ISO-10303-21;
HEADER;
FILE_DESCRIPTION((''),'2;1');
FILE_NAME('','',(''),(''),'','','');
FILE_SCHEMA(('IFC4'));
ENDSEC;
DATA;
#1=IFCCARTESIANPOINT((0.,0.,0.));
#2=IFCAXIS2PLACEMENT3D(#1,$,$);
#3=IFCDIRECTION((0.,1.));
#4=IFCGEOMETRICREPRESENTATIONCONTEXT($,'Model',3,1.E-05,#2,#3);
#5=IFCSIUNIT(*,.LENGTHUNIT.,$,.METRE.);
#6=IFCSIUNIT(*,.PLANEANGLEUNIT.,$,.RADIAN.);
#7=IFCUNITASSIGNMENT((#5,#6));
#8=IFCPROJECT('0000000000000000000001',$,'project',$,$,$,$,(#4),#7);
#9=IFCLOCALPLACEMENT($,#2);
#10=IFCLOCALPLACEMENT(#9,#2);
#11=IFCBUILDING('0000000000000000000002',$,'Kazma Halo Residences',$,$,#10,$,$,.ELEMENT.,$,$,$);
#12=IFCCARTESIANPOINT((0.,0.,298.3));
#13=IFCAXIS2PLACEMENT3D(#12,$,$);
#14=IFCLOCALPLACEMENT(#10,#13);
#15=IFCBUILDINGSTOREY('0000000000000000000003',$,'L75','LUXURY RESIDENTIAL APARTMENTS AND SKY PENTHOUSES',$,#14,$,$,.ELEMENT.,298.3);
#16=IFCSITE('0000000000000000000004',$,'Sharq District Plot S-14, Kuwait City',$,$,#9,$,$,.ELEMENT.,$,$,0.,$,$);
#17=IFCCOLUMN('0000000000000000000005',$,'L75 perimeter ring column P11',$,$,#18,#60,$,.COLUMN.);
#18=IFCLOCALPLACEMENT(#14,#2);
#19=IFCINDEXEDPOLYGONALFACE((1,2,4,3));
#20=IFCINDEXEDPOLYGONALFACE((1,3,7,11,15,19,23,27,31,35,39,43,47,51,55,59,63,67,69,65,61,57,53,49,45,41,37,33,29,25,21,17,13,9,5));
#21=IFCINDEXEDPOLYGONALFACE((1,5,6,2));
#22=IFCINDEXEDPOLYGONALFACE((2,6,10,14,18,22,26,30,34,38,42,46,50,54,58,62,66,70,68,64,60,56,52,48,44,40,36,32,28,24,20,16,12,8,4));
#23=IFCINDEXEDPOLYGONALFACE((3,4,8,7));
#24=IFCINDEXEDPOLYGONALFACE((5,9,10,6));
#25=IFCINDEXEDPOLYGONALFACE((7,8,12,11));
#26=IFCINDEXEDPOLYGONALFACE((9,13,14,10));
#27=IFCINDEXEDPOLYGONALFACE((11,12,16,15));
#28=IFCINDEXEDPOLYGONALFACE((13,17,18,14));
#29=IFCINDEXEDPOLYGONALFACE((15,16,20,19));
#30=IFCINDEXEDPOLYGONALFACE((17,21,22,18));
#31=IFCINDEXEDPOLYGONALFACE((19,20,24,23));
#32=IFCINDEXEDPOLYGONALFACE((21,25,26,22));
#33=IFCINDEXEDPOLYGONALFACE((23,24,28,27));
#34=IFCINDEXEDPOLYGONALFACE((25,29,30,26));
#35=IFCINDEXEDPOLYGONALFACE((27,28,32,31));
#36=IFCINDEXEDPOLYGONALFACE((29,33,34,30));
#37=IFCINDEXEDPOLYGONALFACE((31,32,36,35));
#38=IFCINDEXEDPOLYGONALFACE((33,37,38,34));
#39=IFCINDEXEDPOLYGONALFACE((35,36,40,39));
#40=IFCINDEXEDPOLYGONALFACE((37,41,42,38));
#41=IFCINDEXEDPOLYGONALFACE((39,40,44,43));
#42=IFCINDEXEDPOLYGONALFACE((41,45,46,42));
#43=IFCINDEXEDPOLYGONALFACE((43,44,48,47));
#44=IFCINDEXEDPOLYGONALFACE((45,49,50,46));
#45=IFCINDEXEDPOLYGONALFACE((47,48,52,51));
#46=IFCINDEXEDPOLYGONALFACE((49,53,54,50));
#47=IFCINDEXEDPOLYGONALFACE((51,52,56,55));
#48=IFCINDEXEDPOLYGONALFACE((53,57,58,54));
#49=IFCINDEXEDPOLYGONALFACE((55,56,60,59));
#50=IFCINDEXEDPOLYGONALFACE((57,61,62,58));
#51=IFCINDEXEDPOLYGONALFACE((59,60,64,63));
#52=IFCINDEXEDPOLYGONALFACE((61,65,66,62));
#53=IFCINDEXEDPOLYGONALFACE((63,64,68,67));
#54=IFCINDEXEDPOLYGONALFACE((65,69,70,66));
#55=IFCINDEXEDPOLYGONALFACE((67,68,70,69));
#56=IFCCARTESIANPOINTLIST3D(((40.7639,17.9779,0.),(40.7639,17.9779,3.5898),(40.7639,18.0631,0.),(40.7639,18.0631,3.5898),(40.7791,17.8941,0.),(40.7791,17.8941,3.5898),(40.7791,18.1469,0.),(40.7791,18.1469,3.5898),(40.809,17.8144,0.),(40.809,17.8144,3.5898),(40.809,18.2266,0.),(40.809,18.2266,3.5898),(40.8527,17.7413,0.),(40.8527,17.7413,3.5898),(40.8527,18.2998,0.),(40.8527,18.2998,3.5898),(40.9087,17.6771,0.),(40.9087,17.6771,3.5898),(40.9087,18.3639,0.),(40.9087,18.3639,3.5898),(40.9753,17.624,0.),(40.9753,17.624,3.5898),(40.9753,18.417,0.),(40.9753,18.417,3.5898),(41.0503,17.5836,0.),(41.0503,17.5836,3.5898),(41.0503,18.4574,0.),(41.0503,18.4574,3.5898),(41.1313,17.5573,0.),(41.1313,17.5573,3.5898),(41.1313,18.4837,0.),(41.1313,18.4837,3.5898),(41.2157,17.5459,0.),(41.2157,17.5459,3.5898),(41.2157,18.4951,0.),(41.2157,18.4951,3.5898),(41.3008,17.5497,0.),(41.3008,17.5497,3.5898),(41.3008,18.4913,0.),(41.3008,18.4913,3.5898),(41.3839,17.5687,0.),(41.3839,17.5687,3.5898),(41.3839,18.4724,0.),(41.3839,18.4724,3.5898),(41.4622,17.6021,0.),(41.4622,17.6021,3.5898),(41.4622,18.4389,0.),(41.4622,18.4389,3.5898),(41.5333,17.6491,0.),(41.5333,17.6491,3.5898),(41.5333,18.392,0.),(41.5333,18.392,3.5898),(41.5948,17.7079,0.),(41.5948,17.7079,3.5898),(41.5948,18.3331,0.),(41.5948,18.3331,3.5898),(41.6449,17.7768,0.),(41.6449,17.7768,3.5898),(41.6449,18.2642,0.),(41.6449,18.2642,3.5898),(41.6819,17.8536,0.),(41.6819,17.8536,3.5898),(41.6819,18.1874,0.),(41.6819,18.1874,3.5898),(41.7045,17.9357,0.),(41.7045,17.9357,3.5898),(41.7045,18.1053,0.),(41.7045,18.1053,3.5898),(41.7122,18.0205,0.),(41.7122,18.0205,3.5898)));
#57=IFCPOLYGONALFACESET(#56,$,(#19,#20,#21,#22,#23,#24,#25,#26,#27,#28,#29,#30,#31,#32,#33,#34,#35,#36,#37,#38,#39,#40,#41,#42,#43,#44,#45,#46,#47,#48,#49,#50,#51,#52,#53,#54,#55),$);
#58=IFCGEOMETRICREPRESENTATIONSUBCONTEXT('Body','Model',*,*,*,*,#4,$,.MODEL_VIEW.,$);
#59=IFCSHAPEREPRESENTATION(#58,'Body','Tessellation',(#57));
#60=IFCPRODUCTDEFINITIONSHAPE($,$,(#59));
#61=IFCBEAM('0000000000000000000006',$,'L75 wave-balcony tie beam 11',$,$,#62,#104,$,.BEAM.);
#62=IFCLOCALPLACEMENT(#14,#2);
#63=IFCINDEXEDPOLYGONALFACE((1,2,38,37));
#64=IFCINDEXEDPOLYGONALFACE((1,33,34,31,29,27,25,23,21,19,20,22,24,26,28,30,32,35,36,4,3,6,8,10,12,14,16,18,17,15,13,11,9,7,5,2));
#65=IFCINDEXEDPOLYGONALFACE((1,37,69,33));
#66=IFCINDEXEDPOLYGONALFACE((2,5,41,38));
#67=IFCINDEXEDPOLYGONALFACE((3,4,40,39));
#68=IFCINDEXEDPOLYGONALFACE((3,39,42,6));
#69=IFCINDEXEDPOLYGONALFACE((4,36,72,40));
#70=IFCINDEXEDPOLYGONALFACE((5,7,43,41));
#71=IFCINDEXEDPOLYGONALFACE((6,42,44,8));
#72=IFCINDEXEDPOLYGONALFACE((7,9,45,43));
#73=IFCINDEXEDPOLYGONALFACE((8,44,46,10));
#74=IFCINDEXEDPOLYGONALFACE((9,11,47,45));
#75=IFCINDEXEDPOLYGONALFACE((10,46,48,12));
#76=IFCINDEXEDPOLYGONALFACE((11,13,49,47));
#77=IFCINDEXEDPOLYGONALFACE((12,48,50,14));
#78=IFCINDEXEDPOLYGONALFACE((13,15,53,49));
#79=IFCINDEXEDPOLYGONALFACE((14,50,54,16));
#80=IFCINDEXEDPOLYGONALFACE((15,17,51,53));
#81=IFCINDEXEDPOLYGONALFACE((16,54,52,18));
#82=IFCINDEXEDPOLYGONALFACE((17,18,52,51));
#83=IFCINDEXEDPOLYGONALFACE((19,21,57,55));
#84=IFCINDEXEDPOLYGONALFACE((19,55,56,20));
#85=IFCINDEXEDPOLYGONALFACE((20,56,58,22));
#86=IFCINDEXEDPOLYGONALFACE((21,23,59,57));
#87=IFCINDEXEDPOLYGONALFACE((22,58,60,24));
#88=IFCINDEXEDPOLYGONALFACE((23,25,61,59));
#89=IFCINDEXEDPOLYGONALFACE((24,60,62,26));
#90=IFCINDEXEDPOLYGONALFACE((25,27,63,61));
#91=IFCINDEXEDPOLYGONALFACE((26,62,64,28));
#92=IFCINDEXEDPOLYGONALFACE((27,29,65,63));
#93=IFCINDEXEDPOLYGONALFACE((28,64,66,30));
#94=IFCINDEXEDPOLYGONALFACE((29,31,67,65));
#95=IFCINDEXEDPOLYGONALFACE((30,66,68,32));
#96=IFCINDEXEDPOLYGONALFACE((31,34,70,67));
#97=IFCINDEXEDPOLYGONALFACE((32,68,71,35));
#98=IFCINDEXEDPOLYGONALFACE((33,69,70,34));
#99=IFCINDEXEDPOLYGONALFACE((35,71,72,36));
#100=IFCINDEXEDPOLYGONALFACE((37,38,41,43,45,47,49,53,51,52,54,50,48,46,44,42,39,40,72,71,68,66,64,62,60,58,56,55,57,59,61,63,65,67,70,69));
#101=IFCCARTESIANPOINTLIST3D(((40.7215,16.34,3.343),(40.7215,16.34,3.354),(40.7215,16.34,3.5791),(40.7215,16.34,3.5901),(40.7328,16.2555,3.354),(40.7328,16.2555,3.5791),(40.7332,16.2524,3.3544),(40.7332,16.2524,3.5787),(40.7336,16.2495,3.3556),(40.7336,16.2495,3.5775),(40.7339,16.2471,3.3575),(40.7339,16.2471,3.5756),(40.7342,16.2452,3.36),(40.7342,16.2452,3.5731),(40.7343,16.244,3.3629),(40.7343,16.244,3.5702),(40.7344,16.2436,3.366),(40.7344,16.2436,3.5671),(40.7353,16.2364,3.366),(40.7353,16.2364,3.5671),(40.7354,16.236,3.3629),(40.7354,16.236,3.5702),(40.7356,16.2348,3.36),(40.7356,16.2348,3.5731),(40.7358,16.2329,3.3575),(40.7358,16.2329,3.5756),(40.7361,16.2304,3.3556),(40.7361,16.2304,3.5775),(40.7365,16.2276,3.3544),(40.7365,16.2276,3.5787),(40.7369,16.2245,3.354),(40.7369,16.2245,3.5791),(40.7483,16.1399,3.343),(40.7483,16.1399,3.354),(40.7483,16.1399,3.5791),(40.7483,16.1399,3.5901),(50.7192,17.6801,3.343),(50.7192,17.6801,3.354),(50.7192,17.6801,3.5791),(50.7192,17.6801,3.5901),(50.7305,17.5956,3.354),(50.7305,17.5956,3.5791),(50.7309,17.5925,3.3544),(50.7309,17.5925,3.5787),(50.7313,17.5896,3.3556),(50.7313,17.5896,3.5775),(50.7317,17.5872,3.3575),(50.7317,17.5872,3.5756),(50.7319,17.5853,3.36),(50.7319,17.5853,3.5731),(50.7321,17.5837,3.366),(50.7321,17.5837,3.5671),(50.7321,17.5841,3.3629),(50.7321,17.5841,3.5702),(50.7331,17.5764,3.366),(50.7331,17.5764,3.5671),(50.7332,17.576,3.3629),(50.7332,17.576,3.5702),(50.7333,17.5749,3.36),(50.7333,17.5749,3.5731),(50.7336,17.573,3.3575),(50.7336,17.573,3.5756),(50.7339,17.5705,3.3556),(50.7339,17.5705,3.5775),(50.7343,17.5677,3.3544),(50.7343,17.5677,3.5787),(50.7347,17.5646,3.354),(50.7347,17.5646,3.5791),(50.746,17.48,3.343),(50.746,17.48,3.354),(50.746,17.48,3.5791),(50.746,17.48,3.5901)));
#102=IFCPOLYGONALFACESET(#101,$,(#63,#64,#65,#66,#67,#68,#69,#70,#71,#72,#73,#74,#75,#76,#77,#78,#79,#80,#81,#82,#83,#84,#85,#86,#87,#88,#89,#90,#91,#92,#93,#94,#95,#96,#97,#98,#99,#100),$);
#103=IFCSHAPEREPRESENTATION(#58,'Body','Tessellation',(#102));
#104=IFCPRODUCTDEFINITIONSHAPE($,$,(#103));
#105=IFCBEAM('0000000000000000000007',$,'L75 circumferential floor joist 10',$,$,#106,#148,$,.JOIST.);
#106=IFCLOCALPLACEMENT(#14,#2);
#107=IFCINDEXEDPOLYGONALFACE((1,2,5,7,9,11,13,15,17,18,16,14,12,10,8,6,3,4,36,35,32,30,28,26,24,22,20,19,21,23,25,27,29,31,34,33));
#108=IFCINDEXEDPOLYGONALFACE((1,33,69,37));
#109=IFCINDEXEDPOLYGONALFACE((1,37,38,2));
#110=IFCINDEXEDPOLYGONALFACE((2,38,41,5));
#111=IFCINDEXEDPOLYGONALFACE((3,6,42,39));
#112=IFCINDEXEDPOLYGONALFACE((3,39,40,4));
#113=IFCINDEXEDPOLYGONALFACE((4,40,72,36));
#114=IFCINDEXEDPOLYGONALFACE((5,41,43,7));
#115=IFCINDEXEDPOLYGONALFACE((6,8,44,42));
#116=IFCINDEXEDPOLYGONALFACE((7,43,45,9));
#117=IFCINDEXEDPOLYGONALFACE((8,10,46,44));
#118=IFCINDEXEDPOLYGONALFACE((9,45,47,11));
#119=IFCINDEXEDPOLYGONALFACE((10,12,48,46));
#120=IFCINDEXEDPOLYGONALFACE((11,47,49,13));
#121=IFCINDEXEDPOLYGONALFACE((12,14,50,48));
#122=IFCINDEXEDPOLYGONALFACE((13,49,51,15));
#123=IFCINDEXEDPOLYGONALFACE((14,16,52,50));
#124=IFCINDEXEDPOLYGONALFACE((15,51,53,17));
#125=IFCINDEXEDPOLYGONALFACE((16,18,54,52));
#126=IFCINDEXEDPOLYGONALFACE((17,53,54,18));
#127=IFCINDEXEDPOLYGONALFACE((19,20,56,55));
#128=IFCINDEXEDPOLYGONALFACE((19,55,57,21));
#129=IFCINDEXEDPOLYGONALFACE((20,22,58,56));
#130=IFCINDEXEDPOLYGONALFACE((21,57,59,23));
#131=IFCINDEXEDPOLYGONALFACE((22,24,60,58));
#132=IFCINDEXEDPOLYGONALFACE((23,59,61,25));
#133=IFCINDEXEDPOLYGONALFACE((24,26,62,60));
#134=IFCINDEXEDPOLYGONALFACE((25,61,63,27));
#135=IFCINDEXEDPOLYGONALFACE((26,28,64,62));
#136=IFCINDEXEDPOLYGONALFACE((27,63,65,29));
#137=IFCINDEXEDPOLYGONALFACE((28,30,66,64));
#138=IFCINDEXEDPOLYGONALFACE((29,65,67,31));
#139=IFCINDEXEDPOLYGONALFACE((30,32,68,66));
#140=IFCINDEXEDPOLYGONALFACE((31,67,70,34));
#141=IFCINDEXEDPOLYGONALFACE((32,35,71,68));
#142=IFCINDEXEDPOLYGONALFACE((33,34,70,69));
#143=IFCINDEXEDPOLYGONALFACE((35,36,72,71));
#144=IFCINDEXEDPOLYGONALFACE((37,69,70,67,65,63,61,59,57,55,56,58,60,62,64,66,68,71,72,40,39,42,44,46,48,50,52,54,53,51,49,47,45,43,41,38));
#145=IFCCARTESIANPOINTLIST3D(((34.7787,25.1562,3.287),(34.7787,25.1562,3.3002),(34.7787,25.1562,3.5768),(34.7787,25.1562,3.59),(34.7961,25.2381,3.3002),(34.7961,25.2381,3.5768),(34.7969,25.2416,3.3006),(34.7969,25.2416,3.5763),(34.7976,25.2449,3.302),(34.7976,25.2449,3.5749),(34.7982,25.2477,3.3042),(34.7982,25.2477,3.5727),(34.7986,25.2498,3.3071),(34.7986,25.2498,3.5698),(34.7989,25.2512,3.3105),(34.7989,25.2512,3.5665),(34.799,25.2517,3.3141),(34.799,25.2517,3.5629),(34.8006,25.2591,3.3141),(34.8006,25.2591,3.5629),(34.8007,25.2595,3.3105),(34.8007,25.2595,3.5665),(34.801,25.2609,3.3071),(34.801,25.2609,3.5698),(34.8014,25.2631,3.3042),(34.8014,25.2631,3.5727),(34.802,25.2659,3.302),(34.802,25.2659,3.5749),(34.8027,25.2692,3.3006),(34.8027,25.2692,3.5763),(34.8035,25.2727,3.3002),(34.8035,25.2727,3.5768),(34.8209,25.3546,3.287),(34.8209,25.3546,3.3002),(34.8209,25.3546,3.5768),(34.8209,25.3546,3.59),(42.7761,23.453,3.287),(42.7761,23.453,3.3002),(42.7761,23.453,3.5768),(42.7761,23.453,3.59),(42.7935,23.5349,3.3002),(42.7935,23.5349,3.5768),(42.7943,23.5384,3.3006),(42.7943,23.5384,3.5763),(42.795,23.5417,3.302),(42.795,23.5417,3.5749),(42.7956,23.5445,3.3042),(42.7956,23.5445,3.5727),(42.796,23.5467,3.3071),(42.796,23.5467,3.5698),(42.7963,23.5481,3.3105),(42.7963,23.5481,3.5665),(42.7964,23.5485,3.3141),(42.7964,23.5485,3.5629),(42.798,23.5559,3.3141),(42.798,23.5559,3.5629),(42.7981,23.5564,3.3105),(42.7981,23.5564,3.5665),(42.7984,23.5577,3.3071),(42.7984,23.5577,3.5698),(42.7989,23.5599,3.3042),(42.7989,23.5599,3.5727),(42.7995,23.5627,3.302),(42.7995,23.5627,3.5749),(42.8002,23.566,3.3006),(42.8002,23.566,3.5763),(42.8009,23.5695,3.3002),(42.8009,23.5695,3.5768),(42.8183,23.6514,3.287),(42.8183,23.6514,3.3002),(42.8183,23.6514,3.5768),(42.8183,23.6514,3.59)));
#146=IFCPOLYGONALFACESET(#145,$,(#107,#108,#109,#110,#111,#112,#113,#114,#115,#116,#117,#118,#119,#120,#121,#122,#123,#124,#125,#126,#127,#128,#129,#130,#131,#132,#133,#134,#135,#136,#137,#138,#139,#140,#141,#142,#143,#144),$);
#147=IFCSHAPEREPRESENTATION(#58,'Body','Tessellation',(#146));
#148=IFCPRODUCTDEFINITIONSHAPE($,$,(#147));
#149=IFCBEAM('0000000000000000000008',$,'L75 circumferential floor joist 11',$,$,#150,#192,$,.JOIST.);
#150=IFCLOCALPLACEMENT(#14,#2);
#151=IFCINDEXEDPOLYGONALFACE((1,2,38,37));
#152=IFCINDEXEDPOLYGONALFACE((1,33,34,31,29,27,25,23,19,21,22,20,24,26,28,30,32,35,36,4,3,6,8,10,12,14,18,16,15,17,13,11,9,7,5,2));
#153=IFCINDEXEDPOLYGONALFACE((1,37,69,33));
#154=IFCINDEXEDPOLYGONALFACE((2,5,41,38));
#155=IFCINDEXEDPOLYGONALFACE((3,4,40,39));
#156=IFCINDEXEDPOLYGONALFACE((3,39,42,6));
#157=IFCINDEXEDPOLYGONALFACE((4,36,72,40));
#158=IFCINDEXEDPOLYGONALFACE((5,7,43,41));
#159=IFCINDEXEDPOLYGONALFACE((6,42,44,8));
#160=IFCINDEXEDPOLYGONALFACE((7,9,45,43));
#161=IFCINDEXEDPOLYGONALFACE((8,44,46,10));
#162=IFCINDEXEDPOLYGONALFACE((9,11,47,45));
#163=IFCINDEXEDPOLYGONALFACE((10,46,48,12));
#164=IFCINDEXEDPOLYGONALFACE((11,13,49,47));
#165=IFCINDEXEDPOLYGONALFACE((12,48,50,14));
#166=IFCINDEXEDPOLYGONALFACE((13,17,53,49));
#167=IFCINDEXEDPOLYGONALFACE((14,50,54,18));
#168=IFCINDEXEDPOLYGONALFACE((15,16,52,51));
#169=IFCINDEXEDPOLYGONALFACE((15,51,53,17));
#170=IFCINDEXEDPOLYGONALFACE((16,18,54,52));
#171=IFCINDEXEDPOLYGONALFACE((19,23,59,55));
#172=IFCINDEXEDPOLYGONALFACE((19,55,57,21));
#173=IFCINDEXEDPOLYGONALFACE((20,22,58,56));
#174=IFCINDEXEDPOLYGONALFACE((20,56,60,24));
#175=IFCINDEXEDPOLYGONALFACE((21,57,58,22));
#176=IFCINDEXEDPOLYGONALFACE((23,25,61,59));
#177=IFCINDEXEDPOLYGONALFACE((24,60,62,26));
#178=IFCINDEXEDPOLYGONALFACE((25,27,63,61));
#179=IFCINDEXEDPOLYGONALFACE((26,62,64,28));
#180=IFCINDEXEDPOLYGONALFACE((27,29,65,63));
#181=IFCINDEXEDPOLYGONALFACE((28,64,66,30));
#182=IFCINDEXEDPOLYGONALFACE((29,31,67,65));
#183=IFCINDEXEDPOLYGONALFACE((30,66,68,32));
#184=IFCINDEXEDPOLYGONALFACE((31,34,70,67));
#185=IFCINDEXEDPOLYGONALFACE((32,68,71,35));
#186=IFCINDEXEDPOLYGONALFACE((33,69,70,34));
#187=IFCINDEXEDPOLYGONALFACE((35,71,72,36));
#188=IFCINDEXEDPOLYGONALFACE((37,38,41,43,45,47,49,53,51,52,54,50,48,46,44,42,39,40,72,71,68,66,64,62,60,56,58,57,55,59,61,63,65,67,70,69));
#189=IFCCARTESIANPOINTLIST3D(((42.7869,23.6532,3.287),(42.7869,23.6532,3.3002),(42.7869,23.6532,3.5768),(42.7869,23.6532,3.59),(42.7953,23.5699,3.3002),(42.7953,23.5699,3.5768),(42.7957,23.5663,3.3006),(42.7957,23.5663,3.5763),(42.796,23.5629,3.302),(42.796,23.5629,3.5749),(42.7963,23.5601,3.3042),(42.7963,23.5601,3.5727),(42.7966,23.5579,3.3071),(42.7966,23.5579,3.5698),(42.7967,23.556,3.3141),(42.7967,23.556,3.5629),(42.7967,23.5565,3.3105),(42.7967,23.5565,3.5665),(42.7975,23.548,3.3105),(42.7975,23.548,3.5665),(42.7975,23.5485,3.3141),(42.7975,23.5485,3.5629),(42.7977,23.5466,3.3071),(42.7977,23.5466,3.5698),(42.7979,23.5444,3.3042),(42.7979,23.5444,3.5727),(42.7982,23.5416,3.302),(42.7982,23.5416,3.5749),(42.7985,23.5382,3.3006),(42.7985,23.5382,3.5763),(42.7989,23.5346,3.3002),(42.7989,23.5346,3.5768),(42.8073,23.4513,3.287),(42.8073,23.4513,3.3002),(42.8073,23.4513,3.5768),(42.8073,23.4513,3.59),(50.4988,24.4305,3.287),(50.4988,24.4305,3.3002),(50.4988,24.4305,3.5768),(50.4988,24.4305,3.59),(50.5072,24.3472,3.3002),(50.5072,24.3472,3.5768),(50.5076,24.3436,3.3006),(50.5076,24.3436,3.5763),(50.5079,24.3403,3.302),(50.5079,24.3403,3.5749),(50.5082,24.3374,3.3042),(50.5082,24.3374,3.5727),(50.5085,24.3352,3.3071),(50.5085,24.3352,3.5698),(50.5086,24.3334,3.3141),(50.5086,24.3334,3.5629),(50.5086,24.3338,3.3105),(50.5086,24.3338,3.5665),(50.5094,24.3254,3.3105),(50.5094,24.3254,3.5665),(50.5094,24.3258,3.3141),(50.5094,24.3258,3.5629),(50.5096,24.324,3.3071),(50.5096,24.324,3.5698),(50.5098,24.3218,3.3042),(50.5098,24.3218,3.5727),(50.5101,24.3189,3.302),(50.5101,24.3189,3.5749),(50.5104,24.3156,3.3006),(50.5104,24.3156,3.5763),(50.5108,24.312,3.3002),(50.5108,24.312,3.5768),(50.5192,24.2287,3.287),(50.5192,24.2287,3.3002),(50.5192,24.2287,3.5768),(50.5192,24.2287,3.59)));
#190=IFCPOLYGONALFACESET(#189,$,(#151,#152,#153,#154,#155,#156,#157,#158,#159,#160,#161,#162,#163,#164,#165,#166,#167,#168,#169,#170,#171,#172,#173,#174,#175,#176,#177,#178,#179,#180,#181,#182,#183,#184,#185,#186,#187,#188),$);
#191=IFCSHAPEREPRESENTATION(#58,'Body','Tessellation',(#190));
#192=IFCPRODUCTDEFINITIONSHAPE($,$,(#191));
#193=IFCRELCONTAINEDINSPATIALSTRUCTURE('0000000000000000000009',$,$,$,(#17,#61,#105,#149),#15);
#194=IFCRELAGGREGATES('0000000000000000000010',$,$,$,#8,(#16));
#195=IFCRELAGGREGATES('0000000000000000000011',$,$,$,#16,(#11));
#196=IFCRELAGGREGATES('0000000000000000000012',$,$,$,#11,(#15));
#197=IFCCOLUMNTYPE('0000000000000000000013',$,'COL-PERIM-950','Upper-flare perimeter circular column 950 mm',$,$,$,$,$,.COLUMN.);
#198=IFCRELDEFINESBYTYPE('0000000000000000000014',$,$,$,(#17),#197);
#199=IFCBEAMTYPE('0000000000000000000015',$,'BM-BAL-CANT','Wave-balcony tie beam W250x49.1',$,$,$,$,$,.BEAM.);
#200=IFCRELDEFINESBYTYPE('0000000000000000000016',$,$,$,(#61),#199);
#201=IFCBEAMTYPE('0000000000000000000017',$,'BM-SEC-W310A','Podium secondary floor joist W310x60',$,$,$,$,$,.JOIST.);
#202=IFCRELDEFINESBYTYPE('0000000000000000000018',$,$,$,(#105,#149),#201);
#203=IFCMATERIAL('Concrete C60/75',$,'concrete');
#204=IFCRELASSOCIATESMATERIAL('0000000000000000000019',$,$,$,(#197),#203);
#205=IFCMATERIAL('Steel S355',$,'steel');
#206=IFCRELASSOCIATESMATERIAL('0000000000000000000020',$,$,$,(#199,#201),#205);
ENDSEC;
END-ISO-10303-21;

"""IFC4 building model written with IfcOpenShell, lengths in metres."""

from ifc_helpers import new_model, si_unit, direction, frame, origin, origin_2d, place, context, subcontext, project, spatial, circle, i_section, extrude, material, material_profile, profile_set, type_object, element, save


model = new_model("IFC4")

# Units and contexts
model_context = context("Model", 3, precision=1e-05, world=origin(), true_north=direction((0.0, 1.0)))
body_context = subcontext(model_context, "Body", "Model", "MODEL_VIEW")
ifc_project = project(units=[si_unit("LENGTHUNIT", "METRE"), si_unit("PLANEANGLEUNIT", "RADIAN")], contexts=[model_context])

# Site, building, storey
site_placement = place(None, origin())
site = spatial("IfcSite", under=ifc_project, at=site_placement, Name="Sharq District Plot S-14, Kuwait City", CompositionType="ELEMENT", RefElevation=0.0)
building_placement = place(site_placement, origin())
building = spatial("IfcBuilding", under=site, at=building_placement, Name="Kazma Halo Residences", CompositionType="ELEMENT")
storey_placement = place(building_placement, frame((0.0, 0.0, 298.3)))
storey = spatial("IfcBuildingStorey", under=building, at=storey_placement, Name="L75", Description="LUXURY RESIDENTIAL APARTMENTS AND SKY PENTHOUSES", CompositionType="ELEMENT", Elevation=298.3)

# Column
ifc_material_1 = material(Name="Concrete C60/75", Category="concrete")
ifc_material_profile_1 = material_profile(ifc_material_1, circle(Radius=0.4751, at=origin_2d()), Name="CIRC950")
ifc_profile_set_1 = profile_set([ifc_material_profile_1], Name="Concrete C60/75")
column_type = type_object("IfcColumnType", Name="COL-PERIM-950", Description="Upper-flare perimeter circular column 950 mm", PredefinedType="COLUMN", material=ifc_profile_set_1)
column_placement = place(storey_placement, frame((41.2371, 18.0205, 0.0), z_axis=(0.0, 0.0, 1.0), x_axis=(1.0, 0.0, 0.0)))
element("IfcColumn", 1, at=column_placement, inside=storey, type_object=column_type, Name="L75 perimeter ring column P11", PredefinedType="COLUMN", context=body_context, shape_type="SweptSolid", body=[
    extrude(circle(Radius=0.4751, at=origin_2d()), origin(), (0.0, 0.0, 1.0), 3.5898),
])

# Beams
ifc_material_2 = material(Name="Steel S355", Category="steel")
ifc_material_profile_2 = material_profile(ifc_material_2, i_section(OverallWidth=0.2019, OverallDepth=0.2471, WebThickness=0.0073, FlangeThickness=0.011, FilletRadius=0.012, at=origin_2d()), Name="W250x49.1")
ifc_profile_set_2 = profile_set([ifc_material_profile_2], Name="Steel S355")
beam_type_1 = type_object("IfcBeamType", Name="BM-BAL-CANT", Description="Wave-balcony tie beam W250x49.1", PredefinedType="BEAM", material=ifc_profile_set_2)
beam_1_placement = place(storey_placement, frame((40.7349, 16.24, 3.4666), z_axis=(0.991136, 0.13285, 0.0), x_axis=(-0.13285, 0.991136, 0.0)))
element("IfcBeam", 2, at=beam_1_placement, inside=storey, type_object=beam_type_1, Name="L75 wave-balcony tie beam 11", PredefinedType="BEAM", context=body_context, shape_type="SweptSolid", body=[
    extrude(i_section(OverallWidth=0.2019, OverallDepth=0.2471, WebThickness=0.0073, FlangeThickness=0.011, FilletRadius=0.012, at=origin_2d()), origin(), (0.0, 0.0, 1.0), 10.0872),
])
ifc_material_profile_3 = material_profile(ifc_material_2, i_section(OverallWidth=0.2029, OverallDepth=0.303, WebThickness=0.0076, FlangeThickness=0.0132, FilletRadius=0.0139, at=origin_2d()), Name="W310x60")
ifc_profile_set_3 = profile_set([ifc_material_profile_3], Name="Steel S355")
beam_type_2 = type_object("IfcBeamType", Name="BM-SEC-W310A", Description="Podium secondary floor joist W310x60", PredefinedType="JOIST", material=ifc_profile_set_3)
beam_2_placement = place(storey_placement, frame((34.7998, 25.2554, 3.4385), z_axis=(0.978067, -0.208291, 0.0), x_axis=(0.208291, 0.978067, 0.0)))
element("IfcBeam", 3, at=beam_2_placement, inside=storey, type_object=beam_type_2, Name="L75 circumferential floor joist 10", PredefinedType="JOIST", context=body_context, shape_type="SweptSolid", body=[
    extrude(i_section(OverallWidth=0.2029, OverallDepth=0.303, WebThickness=0.0076, FlangeThickness=0.0132, FilletRadius=0.0139, at=origin_2d()), origin(), (0.0, 0.0, 1.0), 8.1768),
])
beam_3_placement = place(storey_placement, frame((42.7971, 23.5522, 3.4385), z_axis=(0.994958, 0.10029, 0.0), x_axis=(-0.10029, 0.994958, 0.0)))
element("IfcBeam", 4, at=beam_3_placement, inside=storey, type_object=beam_type_2, Name="L75 circumferential floor joist 11", PredefinedType="JOIST", context=body_context, shape_type="SweptSolid", body=[
    extrude(i_section(OverallWidth=0.2029, OverallDepth=0.303, WebThickness=0.0076, FlangeThickness=0.0132, FilletRadius=0.0139, at=origin_2d()), origin(), (0.0, 0.0, 1.0), 7.751),
])

save(model, "model.ifc")
